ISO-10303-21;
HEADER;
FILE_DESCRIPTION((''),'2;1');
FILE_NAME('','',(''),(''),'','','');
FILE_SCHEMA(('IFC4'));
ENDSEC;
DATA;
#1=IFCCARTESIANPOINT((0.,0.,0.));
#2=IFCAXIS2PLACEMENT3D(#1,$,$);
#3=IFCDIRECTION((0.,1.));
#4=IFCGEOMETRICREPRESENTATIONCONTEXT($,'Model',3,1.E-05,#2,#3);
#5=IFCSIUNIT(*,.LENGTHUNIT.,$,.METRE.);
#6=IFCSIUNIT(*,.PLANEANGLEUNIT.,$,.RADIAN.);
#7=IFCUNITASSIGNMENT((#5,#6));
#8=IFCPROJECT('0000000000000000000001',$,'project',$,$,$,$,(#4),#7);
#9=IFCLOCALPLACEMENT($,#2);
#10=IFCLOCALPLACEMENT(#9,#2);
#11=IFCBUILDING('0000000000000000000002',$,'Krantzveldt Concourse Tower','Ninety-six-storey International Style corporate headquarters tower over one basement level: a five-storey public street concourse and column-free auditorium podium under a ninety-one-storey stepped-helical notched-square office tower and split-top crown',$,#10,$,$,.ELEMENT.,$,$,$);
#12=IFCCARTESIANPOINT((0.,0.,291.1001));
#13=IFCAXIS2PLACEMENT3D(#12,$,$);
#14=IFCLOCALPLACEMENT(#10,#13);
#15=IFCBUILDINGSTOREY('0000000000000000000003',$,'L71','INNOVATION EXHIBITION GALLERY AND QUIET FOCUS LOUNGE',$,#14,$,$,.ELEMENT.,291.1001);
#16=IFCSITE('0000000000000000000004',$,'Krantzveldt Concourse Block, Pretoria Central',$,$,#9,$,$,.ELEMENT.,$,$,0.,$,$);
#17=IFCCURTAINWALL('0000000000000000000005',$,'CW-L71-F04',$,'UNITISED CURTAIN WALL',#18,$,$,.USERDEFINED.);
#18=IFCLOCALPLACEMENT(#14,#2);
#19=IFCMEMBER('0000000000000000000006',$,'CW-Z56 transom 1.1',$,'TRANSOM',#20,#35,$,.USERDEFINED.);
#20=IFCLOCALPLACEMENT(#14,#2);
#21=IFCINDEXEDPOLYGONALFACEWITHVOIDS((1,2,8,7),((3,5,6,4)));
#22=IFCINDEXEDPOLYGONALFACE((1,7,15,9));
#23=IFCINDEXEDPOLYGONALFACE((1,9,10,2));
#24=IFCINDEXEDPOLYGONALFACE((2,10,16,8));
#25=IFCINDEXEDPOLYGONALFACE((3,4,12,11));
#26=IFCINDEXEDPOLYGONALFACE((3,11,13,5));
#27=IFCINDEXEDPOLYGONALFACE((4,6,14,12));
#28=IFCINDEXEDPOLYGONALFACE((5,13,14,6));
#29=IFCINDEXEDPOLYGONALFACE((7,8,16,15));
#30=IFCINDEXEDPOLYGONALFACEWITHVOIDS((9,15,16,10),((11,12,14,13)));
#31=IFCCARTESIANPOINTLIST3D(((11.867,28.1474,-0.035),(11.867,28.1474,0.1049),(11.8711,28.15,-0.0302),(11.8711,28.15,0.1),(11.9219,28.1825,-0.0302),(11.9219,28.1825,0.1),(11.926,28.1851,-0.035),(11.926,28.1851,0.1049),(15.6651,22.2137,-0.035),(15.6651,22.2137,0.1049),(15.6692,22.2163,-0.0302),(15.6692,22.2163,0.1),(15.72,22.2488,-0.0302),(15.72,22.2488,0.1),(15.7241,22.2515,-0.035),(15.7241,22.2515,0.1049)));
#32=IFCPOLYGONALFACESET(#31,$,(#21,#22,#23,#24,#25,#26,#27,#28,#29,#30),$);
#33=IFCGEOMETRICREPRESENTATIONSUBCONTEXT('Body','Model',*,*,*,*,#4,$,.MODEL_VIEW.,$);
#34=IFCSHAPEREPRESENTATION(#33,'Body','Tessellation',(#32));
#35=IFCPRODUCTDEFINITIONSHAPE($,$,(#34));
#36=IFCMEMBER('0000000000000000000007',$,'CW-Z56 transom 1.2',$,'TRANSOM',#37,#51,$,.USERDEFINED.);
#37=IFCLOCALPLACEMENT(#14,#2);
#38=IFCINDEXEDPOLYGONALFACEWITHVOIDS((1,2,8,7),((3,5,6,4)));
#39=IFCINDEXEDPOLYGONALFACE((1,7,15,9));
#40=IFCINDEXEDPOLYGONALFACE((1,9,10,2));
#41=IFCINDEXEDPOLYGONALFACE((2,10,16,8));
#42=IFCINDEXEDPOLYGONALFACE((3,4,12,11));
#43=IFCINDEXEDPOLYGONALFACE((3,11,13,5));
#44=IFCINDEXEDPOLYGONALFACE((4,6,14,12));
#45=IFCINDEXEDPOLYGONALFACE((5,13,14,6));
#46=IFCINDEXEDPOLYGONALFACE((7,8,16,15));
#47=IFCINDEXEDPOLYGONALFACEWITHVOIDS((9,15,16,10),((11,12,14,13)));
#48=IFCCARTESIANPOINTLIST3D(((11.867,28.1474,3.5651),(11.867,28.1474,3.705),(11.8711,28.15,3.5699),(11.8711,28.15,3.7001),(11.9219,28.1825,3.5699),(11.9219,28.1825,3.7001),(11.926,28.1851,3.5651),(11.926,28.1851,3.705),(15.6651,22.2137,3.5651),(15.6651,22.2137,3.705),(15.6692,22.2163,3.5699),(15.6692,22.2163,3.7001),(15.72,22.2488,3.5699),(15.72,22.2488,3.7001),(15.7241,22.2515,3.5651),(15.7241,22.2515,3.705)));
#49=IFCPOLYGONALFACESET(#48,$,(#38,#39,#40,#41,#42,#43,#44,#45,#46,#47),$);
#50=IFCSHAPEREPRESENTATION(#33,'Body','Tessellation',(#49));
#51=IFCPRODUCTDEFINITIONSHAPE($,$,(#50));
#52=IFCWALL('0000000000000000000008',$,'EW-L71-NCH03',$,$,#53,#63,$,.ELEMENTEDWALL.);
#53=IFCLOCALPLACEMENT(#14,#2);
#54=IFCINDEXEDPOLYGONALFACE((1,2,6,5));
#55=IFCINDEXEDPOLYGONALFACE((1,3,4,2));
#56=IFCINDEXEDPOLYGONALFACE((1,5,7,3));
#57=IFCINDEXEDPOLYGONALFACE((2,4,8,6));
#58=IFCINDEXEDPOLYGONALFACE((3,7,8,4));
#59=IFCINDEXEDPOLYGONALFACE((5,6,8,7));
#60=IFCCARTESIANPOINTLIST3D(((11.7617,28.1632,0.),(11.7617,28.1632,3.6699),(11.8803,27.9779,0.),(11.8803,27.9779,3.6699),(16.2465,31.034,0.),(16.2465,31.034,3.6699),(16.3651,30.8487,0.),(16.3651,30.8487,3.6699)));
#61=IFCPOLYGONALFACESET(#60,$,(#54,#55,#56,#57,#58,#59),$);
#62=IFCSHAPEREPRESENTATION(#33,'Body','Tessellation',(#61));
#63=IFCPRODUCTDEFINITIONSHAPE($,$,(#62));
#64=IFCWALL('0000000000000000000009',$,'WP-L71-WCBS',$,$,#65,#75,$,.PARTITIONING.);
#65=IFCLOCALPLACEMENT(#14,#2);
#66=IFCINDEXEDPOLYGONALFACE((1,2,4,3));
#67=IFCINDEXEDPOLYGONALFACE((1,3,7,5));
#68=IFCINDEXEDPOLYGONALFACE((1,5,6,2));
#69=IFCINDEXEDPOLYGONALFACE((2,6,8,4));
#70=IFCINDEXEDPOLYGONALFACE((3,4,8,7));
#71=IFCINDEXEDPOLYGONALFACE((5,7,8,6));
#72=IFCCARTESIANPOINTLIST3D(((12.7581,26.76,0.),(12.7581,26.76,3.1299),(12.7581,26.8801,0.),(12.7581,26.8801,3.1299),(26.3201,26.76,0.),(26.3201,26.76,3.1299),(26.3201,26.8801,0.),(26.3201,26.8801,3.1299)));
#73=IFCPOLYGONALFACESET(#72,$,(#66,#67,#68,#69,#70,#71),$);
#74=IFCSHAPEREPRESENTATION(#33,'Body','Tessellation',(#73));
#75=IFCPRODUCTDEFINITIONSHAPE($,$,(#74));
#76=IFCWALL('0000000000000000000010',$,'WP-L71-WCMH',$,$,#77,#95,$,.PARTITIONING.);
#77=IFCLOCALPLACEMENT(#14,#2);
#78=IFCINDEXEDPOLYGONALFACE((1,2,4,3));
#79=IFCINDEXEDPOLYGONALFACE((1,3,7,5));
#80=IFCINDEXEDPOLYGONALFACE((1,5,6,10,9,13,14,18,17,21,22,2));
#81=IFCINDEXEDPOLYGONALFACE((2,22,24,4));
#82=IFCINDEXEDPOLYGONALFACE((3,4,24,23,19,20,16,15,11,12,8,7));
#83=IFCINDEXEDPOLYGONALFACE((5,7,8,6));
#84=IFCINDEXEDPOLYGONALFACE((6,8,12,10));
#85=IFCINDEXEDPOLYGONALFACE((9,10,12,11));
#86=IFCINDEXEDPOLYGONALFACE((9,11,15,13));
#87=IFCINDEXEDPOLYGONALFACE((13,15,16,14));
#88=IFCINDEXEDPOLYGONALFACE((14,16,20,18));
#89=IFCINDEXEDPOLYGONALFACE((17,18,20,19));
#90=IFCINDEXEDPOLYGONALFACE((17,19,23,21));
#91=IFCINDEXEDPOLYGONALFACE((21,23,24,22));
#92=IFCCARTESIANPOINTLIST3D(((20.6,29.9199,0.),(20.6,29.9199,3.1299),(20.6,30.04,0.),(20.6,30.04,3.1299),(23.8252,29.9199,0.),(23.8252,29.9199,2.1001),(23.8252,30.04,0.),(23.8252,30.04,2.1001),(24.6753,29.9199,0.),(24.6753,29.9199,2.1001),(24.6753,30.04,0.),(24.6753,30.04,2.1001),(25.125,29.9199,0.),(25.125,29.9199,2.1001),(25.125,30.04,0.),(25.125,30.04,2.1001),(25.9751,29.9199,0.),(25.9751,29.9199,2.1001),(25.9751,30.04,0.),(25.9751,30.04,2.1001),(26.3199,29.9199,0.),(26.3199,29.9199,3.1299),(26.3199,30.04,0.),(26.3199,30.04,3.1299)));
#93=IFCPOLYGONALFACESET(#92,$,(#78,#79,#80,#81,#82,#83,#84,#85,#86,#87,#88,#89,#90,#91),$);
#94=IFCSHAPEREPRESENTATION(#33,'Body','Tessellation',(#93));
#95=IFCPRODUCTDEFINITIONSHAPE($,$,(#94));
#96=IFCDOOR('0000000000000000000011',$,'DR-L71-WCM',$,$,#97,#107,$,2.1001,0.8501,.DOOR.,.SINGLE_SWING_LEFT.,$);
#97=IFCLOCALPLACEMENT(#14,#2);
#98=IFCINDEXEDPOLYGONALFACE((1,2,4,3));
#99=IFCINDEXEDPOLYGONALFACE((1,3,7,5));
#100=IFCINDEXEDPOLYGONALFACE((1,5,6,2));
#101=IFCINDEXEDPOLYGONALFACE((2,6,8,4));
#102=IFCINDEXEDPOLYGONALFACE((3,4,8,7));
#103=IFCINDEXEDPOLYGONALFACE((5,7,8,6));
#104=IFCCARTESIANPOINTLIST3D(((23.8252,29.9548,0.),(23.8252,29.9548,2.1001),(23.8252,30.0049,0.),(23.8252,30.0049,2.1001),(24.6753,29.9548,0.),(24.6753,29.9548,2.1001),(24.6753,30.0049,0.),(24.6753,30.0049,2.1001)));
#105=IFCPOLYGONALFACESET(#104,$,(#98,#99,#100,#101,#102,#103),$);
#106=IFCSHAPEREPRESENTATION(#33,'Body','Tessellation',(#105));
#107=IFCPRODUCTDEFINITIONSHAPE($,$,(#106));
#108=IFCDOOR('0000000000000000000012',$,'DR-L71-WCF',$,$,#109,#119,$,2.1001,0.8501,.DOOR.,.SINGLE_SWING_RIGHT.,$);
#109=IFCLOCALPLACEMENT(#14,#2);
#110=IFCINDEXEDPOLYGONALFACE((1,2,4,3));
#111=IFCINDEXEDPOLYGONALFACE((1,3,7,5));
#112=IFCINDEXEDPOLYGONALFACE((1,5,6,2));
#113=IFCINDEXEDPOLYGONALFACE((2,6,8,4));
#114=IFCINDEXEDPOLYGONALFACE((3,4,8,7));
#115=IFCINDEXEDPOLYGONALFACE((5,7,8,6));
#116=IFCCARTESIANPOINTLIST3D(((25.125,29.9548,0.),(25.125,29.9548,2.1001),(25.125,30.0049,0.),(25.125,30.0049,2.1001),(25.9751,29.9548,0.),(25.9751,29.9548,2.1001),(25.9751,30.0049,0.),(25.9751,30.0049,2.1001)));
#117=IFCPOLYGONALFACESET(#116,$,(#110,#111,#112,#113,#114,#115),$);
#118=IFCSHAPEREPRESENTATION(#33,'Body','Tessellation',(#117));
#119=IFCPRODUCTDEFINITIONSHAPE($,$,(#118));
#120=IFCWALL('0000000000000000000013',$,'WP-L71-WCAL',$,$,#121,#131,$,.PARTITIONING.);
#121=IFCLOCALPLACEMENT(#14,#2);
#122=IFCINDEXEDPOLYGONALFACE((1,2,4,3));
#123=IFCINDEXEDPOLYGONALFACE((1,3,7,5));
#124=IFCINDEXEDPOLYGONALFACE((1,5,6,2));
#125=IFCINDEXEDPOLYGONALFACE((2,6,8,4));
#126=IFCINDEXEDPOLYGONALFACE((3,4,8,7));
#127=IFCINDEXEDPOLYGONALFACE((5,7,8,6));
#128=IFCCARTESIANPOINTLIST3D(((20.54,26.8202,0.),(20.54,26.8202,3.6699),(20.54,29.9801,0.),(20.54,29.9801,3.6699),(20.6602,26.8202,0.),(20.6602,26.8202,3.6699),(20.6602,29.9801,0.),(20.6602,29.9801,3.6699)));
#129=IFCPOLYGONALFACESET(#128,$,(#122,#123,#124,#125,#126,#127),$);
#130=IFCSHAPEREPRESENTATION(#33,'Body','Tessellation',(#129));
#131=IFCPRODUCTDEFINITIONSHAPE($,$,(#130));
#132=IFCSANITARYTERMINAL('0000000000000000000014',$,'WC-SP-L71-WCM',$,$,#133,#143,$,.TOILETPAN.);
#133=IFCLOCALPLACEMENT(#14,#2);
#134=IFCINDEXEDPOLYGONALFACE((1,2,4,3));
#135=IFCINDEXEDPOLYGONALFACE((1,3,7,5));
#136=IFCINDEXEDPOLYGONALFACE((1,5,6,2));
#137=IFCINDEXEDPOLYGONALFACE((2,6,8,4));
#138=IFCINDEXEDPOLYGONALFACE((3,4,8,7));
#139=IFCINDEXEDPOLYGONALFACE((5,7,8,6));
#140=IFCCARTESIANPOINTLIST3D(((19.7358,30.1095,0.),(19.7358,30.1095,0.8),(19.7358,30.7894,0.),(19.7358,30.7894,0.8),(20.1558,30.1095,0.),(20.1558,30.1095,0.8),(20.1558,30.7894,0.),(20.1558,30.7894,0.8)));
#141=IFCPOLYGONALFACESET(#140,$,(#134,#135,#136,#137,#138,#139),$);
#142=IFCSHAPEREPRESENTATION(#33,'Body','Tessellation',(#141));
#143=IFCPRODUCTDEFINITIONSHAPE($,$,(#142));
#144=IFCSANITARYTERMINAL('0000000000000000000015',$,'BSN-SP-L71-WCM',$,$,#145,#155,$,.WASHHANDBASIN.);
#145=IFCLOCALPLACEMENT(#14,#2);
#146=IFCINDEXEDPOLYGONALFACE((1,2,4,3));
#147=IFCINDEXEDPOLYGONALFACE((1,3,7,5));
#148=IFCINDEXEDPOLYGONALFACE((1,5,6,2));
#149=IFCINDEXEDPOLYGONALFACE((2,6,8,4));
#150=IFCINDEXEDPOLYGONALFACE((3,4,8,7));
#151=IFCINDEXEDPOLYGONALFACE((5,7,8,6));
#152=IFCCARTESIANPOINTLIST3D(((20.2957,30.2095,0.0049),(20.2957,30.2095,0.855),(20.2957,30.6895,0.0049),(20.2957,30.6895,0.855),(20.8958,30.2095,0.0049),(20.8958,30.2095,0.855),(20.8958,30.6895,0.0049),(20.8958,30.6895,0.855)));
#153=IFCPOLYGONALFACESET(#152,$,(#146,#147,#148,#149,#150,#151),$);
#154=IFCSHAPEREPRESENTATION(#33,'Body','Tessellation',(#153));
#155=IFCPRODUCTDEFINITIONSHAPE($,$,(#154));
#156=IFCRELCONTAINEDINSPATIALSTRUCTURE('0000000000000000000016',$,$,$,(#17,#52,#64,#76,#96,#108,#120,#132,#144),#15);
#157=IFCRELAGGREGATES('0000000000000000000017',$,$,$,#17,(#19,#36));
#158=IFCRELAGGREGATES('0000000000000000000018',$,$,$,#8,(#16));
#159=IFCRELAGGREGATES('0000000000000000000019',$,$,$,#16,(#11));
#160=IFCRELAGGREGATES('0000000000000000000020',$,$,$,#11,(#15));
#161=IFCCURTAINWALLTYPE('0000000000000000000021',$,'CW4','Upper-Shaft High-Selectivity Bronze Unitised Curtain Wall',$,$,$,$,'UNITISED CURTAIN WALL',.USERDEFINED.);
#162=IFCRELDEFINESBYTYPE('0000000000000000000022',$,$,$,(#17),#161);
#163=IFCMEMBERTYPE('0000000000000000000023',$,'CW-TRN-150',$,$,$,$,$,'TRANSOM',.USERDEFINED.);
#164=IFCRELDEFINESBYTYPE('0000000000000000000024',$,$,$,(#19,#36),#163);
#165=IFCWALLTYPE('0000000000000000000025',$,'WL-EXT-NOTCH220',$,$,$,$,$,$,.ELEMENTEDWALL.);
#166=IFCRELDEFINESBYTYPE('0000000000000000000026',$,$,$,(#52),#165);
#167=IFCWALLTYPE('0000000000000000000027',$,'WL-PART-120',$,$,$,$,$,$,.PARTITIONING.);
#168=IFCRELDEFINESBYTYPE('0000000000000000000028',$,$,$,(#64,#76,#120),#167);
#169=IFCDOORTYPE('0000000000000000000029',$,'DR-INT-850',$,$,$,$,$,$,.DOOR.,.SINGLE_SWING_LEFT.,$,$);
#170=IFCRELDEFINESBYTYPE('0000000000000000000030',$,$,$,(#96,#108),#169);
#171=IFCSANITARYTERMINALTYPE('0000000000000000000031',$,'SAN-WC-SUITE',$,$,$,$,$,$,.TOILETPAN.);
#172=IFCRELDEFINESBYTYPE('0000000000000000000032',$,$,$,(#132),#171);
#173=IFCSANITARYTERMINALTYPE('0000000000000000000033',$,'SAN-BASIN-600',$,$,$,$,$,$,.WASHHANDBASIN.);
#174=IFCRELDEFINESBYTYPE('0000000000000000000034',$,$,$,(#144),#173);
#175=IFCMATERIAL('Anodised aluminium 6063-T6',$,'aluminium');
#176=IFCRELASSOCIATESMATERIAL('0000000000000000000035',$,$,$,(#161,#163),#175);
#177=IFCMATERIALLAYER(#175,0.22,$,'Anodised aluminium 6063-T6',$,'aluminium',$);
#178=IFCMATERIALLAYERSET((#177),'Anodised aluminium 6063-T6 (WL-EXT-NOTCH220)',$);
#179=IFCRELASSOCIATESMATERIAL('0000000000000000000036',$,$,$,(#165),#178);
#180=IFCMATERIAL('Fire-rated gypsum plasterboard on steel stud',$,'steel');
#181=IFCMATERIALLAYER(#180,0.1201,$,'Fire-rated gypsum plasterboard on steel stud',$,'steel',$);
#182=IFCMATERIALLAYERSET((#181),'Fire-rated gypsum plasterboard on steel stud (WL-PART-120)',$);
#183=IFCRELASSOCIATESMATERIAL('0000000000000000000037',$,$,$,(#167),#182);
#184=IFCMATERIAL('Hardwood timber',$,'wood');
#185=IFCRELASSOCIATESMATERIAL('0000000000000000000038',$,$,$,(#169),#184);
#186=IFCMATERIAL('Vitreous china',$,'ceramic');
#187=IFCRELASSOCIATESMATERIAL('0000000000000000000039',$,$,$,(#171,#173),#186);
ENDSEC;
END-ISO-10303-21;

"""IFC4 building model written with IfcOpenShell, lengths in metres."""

from ifc_helpers import new_model, si_unit, direction, frame, frame_2d, origin, origin_2d, place, context, subcontext, project, spatial, rectangle, hollow_rectangle, extrude, source, transform, mapped, material, layer, layer_set, material_profile, profile_set, type_object, type_shapes, element, fill, aggregate, save


model = new_model("IFC4")

# Units and contexts
model_context = context("Model", 3, precision=1e-05, world=origin(), true_north=direction((0.0, 1.0)))
body_context = subcontext(model_context, "Body", "Model", "MODEL_VIEW")
ifc_project = project(units=[si_unit("LENGTHUNIT", "METRE"), si_unit("PLANEANGLEUNIT", "RADIAN")], contexts=[model_context])

# Site, building, storey
site_placement = place(None, origin())
site = spatial("IfcSite", under=ifc_project, at=site_placement, Name="Krantzveldt Concourse Block, Pretoria Central", CompositionType="ELEMENT", RefElevation=0.0)
building_placement = place(site_placement, origin())
building = spatial("IfcBuilding", under=site, at=building_placement, Name="Krantzveldt Concourse Tower", Description="Ninety-six-storey International Style corporate headquarters tower over one basement level: a five-storey public street concourse and column-free auditorium podium under a ninety-one-storey stepped-helical notched-square office tower and split-top crown", CompositionType="ELEMENT")
storey_placement = place(building_placement, frame((0.0, 0.0, 291.1001)))
storey = spatial("IfcBuildingStorey", under=building, at=storey_placement, Name="L71", Description="INNOVATION EXHIBITION GALLERY AND QUIET FOCUS LOUNGE", CompositionType="ELEMENT", Elevation=291.1001)

# Curtain wall, members
ifc_material_1 = material(Name="Anodised aluminium 6063-T6", Category="aluminium")
curtain_wall_type = type_object("IfcCurtainWallType", Name="CW4", Description="Upper-Shaft High-Selectivity Bronze Unitised Curtain Wall", ElementType="UNITISED CURTAIN WALL", PredefinedType="USERDEFINED", material=ifc_material_1)
curtain_wall_placement = place(storey_placement, origin())
curtain_wall = element("IfcCurtainWall", 1, at=curtain_wall_placement, inside=storey, type_object=curtain_wall_type, Name="CW-L71-F04", ObjectType="UNITISED CURTAIN WALL", PredefinedType="USERDEFINED")
ifc_material_profile_1 = material_profile(ifc_material_1, hollow_rectangle(XDim=0.0701, YDim=0.1399, WallThickness=0.0049, at=origin_2d()), Name="Anodised aluminium 6063-T6", Category="aluminium")
ifc_profile_set_1 = profile_set([ifc_material_profile_1], Name="Anodised aluminium 6063-T6 - ALU-TRAN 140x70x5")
member_type_1 = type_object("IfcMemberType", Name="CW-TRN-150", ElementType="TRANSOM", PredefinedType="USERDEFINED", material=ifc_profile_set_1)
shared_shape_1 = source(origin(), body_context, "Body", "SweptSolid", [
    extrude(hollow_rectangle(XDim=0.0701, YDim=0.1399, WallThickness=0.0049, at=origin_2d()), origin(), (0.0, 0.0, 1.0), 7.0452),
])
type_shapes(member_type_1, [shared_shape_1])
member_1_placement = place(storey_placement, frame((11.8965, 28.1663, 0.0349), z_axis=(0.539114, -0.842233, 0.0), x_axis=(0.842233, 0.539114, 0.0)))
member_1 = element("IfcMember", 2, at=member_1_placement, type_object=member_type_1, Name="CW-Z56 transom 1.1", ObjectType="TRANSOM", PredefinedType="USERDEFINED", context=body_context, shape_type="MappedRepresentation", body=[
    mapped(shared_shape_1, transform((0.0, 0.0, 0.0), x_axis=(1.0, 0.0, 0.0), y_axis=(0.0, 1.0, 0.0), z_axis=(0.0, 0.0, 1.0), scale=1.0)),
])
member_2_placement = place(storey_placement, frame((11.8965, 28.1663, 3.635), z_axis=(0.539114, -0.842233, 0.0), x_axis=(0.842233, 0.539114, 0.0)))
member_2 = element("IfcMember", 3, at=member_2_placement, type_object=member_type_1, Name="CW-Z56 transom 1.2", ObjectType="TRANSOM", PredefinedType="USERDEFINED", context=body_context, shape_type="MappedRepresentation", body=[
    mapped(shared_shape_1, transform((0.0, 0.0, 0.0), x_axis=(1.0, 0.0, 0.0), y_axis=(0.0, 1.0, 0.0), z_axis=(0.0, 0.0, 1.0), scale=1.0)),
])
aggregate(curtain_wall, [member_1, member_2])

# Walls
ifc_layer_1 = layer(ifc_material_1, 0.22, Name="Anodised aluminium 6063-T6", Category="aluminium")
ifc_layer_set_1 = layer_set([ifc_layer_1], Name="Anodised aluminium 6063-T6 (WL-EXT-NOTCH220)")
wall_type_1 = type_object("IfcWallType", Name="WL-EXT-NOTCH220", PredefinedType="ELEMENTEDWALL", material=ifc_layer_set_1)
wall_1_placement = place(storey_placement, frame((16.3059, 30.9414, 0.0), z_axis=(0.0, 0.0, 1.0), x_axis=(-0.842226, -0.539125, 0.0)))
element("IfcWall", 4, at=wall_1_placement, inside=storey, type_object=wall_type_1, Name="EW-L71-NCH03", PredefinedType="ELEMENTEDWALL", context=body_context, shape_type="SweptSolid", body=[
    extrude(rectangle(XDim=5.325, YDim=0.22, at=frame_2d((2.6626, 0.0))), origin(), (0.0, 0.0, 1.0), 3.6699),
])
ifc_material_2 = material(Name="Fire-rated gypsum plasterboard on steel stud", Category="steel")
ifc_layer_2 = layer(ifc_material_2, 0.1201, Name="Fire-rated gypsum plasterboard on steel stud", Category="steel")
ifc_layer_set_2 = layer_set([ifc_layer_2], Name="Fire-rated gypsum plasterboard on steel stud (WL-PART-120)")
wall_type_2 = type_object("IfcWallType", Name="WL-PART-120", PredefinedType="PARTITIONING", material=ifc_layer_set_2)
wall_2_placement = place(storey_placement, frame((12.7581, 26.8201, 0.0), z_axis=(0.0, 0.0, 1.0), x_axis=(1.0, 0.0, 0.0)))
element("IfcWall", 5, at=wall_2_placement, inside=storey, type_object=wall_type_2, Name="WP-L71-WCBS", PredefinedType="PARTITIONING", context=body_context, shape_type="SweptSolid", body=[
    extrude(rectangle(XDim=13.562, YDim=0.1201, at=frame_2d((6.781, 0.0))), origin(), (0.0, 0.0, 1.0), 3.1299),
])

# Wall, openings, doors
wall_3_placement = place(storey_placement, frame((20.6001, 29.98, 0.0), z_axis=(0.0, 0.0, 1.0), x_axis=(1.0, 0.0, 0.0)))
wall_3 = element("IfcWall", 6, at=wall_3_placement, inside=storey, type_object=wall_type_2, Name="WP-L71-WCMH", PredefinedType="PARTITIONING", context=body_context, shape_type="SweptSolid", body=[
    extrude(rectangle(XDim=5.72, YDim=0.1201, at=frame_2d((2.8599, 0.0))), origin(), (0.0, 0.0, 1.0), 3.1299),
])
opening_1_placement = place(wall_3_placement, frame((3.2251, 0.0, 0.0)))
opening_1 = element("IfcOpeningElement", 7, at=opening_1_placement, cuts=wall_3, PredefinedType="OPENING", context=body_context, shape_type="SweptSolid", body=[
    extrude(rectangle(XDim=0.8501, YDim=2.1001, at=frame_2d((0.425, 1.05))), frame((0.0, 0.0701, 0.0), z_axis=(0.0, -1.0, 0.0), x_axis=(1.0, 0.0, 0.0)), (0.0, 0.0, 1.0), 0.1401),
])
opening_2_placement = place(wall_3_placement, frame((4.5249, 0.0, 0.0)))
opening_2 = element("IfcOpeningElement", 8, at=opening_2_placement, cuts=wall_3, PredefinedType="OPENING", context=body_context, shape_type="SweptSolid", body=[
    extrude(rectangle(XDim=0.8501, YDim=2.1001, at=frame_2d((0.425, 1.05))), frame((0.0, 0.0701, 0.0), z_axis=(0.0, -1.0, 0.0), x_axis=(1.0, 0.0, 0.0)), (0.0, 0.0, 1.0), 0.1401),
])
ifc_material_3 = material(Name="Hardwood timber", Category="wood")
door_type = type_object("IfcDoorType", Name="DR-INT-850", OperationType="SINGLE_SWING_LEFT", PredefinedType="DOOR", material=ifc_material_3)
door_1_placement = place(opening_1_placement, origin())
door_1 = element("IfcDoor", 9, at=door_1_placement, inside=storey, type_object=door_type, Name="DR-L71-WCM", OperationType="SINGLE_SWING_LEFT", OverallHeight=2.1001, OverallWidth=0.8501, PredefinedType="DOOR", context=body_context, shape_type="SweptSolid", body=[
    extrude(rectangle(XDim=0.8501, YDim=2.1001, at=frame_2d((0.425, 1.05))), frame((0.0, 0.0249, 0.0), z_axis=(0.0, -1.0, 0.0), x_axis=(1.0, 0.0, 0.0)), (0.0, 0.0, 1.0), 0.05),
])
fill(opening_1, door_1)
door_2_placement = place(opening_2_placement, origin())
door_2 = element("IfcDoor", 10, at=door_2_placement, inside=storey, type_object=door_type, Name="DR-L71-WCF", OperationType="SINGLE_SWING_RIGHT", OverallHeight=2.1001, OverallWidth=0.8501, PredefinedType="DOOR", context=body_context, shape_type="SweptSolid", body=[
    extrude(rectangle(XDim=0.8501, YDim=2.1001, at=frame_2d((0.425, 1.05))), frame((0.0, 0.0249, 0.0), z_axis=(0.0, -1.0, 0.0), x_axis=(1.0, 0.0, 0.0)), (0.0, 0.0, 1.0), 0.05),
])
fill(opening_2, door_2)

# Wall
wall_4_placement = place(storey_placement, frame((20.6001, 26.8201, 0.0), z_axis=(0.0, 0.0, 1.0), x_axis=(0.0, 1.0, 0.0)))
element("IfcWall", 11, at=wall_4_placement, inside=storey, type_object=wall_type_2, Name="WP-L71-WCAL", PredefinedType="PARTITIONING", context=body_context, shape_type="SweptSolid", body=[
    extrude(rectangle(XDim=3.1599, YDim=0.1201, at=frame_2d((1.5801, 0.0))), origin(), (0.0, 0.0, 1.0), 3.6699),
])

# Sanitary terminals
ifc_material_4 = material(Name="Vitreous china", Category="ceramic")
sanitary_terminal_type_1 = type_object("IfcSanitaryTerminalType", Name="SAN-WC-SUITE", PredefinedType="TOILETPAN", material=ifc_material_4)
shared_shape_2 = source(origin(), body_context, "Body", "SweptSolid", [
    extrude(rectangle(XDim=0.4199, YDim=0.6799, at=origin_2d()), origin(), (0.0, 0.0, 1.0), 0.8),
])
type_shapes(sanitary_terminal_type_1, [shared_shape_2])
sanitary_terminal_1_placement = place(storey_placement, frame((19.9458, 30.4495, 0.0), z_axis=(0.0, 0.0, 1.0), x_axis=(1.0, 0.0, 0.0)))
element("IfcSanitaryTerminal", 12, at=sanitary_terminal_1_placement, inside=storey, type_object=sanitary_terminal_type_1, Name="WC-SP-L71-WCM", PredefinedType="TOILETPAN", context=body_context, shape_type="MappedRepresentation", body=[
    mapped(shared_shape_2, transform((0.0, 0.0, 0.0), x_axis=(1.0, 0.0, 0.0), y_axis=(0.0, 1.0, 0.0), z_axis=(0.0, 0.0, 1.0), scale=1.0)),
])
sanitary_terminal_type_2 = type_object("IfcSanitaryTerminalType", Name="SAN-BASIN-600", PredefinedType="WASHHANDBASIN", material=ifc_material_4)
shared_shape_3 = source(origin(), body_context, "Body", "SweptSolid", [
    extrude(rectangle(XDim=0.6001, YDim=0.48, at=origin_2d()), origin(), (0.0, 0.0, 1.0), 0.8501),
])
type_shapes(sanitary_terminal_type_2, [shared_shape_3])
sanitary_terminal_2_placement = place(storey_placement, frame((20.5957, 30.4495, 0.0049), z_axis=(0.0, 0.0, 1.0), x_axis=(1.0, 0.0, 0.0)))
element("IfcSanitaryTerminal", 13, at=sanitary_terminal_2_placement, inside=storey, type_object=sanitary_terminal_type_2, Name="BSN-SP-L71-WCM", PredefinedType="WASHHANDBASIN", context=body_context, shape_type="MappedRepresentation", body=[
    mapped(shared_shape_3, transform((0.0, 0.0, 0.0), x_axis=(1.0, 0.0, 0.0), y_axis=(0.0, 1.0, 0.0), z_axis=(0.0, 0.0, 1.0), scale=1.0)),
])

save(model, "model.ifc")
